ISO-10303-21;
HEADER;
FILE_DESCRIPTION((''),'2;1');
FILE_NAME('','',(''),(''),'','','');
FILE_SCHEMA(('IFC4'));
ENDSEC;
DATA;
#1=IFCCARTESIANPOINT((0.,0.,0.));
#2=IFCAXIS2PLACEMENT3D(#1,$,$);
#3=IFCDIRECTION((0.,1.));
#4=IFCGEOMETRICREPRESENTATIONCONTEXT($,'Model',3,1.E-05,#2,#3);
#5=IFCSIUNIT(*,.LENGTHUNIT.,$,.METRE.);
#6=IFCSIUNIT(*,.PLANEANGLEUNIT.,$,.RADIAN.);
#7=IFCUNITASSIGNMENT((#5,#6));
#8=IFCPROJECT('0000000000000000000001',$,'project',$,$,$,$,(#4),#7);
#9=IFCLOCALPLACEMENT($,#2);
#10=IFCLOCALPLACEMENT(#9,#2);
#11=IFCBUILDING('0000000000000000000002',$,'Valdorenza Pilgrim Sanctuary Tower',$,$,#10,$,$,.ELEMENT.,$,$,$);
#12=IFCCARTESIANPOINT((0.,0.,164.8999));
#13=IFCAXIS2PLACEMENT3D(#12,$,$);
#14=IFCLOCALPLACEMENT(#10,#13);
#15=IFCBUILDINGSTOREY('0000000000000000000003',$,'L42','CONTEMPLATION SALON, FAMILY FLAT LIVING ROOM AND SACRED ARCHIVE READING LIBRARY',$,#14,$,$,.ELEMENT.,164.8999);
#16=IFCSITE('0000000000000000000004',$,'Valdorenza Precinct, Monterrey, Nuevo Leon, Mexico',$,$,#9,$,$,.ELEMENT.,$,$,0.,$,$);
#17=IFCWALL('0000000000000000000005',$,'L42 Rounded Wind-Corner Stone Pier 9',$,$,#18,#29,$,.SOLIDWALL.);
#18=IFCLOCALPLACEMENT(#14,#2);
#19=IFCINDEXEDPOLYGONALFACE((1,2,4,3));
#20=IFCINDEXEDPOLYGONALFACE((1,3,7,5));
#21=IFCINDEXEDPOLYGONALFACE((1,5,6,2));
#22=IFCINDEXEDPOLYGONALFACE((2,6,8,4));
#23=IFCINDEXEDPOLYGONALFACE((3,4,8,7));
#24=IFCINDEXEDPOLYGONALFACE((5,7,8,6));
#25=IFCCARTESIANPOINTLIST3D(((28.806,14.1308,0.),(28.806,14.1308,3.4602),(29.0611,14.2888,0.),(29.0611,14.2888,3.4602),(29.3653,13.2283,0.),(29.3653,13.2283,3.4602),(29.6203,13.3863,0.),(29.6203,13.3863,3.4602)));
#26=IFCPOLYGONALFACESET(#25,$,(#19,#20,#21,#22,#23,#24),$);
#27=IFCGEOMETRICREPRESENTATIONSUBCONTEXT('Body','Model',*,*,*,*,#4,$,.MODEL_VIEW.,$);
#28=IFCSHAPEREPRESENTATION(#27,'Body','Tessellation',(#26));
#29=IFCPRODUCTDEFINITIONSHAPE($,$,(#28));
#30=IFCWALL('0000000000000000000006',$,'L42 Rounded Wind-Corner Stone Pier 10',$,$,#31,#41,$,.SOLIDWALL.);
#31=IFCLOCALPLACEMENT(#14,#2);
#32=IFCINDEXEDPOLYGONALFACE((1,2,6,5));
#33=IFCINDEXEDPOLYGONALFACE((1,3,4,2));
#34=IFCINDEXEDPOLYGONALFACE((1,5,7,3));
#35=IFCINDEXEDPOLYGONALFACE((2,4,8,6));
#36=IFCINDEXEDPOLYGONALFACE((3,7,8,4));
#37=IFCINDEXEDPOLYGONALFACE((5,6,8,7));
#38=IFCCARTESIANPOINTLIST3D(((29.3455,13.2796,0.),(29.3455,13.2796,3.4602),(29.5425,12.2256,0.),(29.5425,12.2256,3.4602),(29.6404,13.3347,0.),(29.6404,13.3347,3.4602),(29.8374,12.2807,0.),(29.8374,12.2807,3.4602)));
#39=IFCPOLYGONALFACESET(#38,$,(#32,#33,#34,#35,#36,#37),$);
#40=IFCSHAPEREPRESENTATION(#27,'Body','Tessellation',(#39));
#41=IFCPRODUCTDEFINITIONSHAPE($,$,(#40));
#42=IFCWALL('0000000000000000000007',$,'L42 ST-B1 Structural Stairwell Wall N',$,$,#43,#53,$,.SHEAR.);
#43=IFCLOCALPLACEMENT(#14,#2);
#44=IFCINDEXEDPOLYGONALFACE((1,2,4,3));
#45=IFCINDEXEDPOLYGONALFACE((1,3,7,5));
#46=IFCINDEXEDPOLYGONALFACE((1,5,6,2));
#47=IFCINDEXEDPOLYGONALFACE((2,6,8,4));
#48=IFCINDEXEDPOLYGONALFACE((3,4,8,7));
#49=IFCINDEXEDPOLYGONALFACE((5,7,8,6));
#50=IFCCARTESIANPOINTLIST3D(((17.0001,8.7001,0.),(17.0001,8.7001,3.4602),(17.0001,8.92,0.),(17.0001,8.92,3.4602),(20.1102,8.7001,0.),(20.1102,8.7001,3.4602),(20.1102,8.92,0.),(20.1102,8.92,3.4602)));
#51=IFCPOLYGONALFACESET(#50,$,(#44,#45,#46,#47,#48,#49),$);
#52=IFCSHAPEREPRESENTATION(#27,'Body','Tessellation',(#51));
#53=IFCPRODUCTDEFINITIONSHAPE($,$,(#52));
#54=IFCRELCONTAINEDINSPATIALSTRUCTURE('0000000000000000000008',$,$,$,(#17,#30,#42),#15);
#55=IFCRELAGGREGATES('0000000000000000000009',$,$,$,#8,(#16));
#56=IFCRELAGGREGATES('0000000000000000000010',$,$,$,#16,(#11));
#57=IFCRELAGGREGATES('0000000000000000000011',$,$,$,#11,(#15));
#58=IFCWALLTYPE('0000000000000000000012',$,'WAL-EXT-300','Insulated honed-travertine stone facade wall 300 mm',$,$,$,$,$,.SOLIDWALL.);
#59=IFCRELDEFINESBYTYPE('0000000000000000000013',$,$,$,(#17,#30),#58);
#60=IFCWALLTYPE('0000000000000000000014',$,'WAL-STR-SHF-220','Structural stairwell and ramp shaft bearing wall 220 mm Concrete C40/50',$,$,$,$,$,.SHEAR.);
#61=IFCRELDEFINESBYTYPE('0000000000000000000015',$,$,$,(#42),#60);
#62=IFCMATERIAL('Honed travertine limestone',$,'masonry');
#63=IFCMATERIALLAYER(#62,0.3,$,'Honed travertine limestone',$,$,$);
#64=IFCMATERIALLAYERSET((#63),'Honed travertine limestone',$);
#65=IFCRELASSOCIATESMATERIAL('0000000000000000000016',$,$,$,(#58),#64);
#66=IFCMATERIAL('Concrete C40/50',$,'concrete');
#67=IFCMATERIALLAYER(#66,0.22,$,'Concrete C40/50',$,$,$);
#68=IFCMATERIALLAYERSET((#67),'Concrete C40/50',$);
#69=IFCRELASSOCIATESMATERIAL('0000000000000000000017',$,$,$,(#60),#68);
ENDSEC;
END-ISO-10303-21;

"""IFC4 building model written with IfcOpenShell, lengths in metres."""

from ifc_helpers import new_model, si_unit, direction, frame, frame_2d, origin, place, context, subcontext, project, spatial, rectangle, extrude, material, layer, layer_set, type_object, element, save


model = new_model("IFC4")

# Units and contexts
model_context = context("Model", 3, precision=1e-05, world=origin(), true_north=direction((0.0, 1.0)))
body_context = subcontext(model_context, "Body", "Model", "MODEL_VIEW")
ifc_project = project(units=[si_unit("LENGTHUNIT", "METRE"), si_unit("PLANEANGLEUNIT", "RADIAN")], contexts=[model_context])

# Site, building, storey
site_placement = place(None, origin())
site = spatial("IfcSite", under=ifc_project, at=site_placement, Name="Valdorenza Precinct, Monterrey, Nuevo Leon, Mexico", CompositionType="ELEMENT", RefElevation=0.0)
building_placement = place(site_placement, origin())
building = spatial("IfcBuilding", under=site, at=building_placement, Name="Valdorenza Pilgrim Sanctuary Tower", CompositionType="ELEMENT")
storey_placement = place(building_placement, frame((0.0, 0.0, 164.8999)))
storey = spatial("IfcBuildingStorey", under=building, at=storey_placement, Name="L42", Description="CONTEMPLATION SALON, FAMILY FLAT LIVING ROOM AND SACRED ARCHIVE READING LIBRARY", CompositionType="ELEMENT", Elevation=164.8999)

# Shared definitions
ifc_material_1 = material(Name="Honed travertine limestone", Category="masonry")

# Walls
ifc_layer_1 = layer(ifc_material_1, 0.3, Name="Honed travertine limestone")
ifc_layer_set_1 = layer_set([ifc_layer_1], Name="Honed travertine limestone")
wall_type_1 = type_object("IfcWallType", Name="WAL-EXT-300", Description="Insulated honed-travertine stone facade wall 300 mm", PredefinedType="SOLIDWALL", material=ifc_layer_set_1)
for number, where, z_axis, x_axis, name in (
    (1, (28.9336, 14.2097, 0.0), (0.0, 0.0, 1.0), (0.52675, -0.85002, 0.0), "L42 Rounded Wind-Corner Stone Pier 9"),
):
    element("IfcWall", number, at=place(storey_placement, frame(where, z_axis=z_axis, x_axis=x_axis)), inside=storey, type_object=wall_type_1, Name=name, PredefinedType="SOLIDWALL", context=body_context, shape_type="SweptSolid", body=[
        extrude(rectangle(XDim=1.0618, YDim=0.3, at=frame_2d((0.5308, 0.0))), origin(), (0.0, 0.0, 1.0), 3.4602),
    ])
wall_1_placement = place(storey_placement, frame((29.4929, 13.3071, 0.0), z_axis=(0.0, 0.0, 1.0), x_axis=(0.183752, -0.982973, 0.0)))
element("IfcWall", 2, at=wall_1_placement, inside=storey, type_object=wall_type_1, Name="L42 Rounded Wind-Corner Stone Pier 10", PredefinedType="SOLIDWALL", context=body_context, shape_type="SweptSolid", body=[
    extrude(rectangle(XDim=1.0723, YDim=0.3, at=frame_2d((0.5361, 0.0))), origin(), (0.0, 0.0, 1.0), 3.4602),
])
ifc_material_2 = material(Name="Concrete C40/50", Category="concrete")
ifc_layer_2 = layer(ifc_material_2, 0.22, Name="Concrete C40/50")
ifc_layer_set_2 = layer_set([ifc_layer_2], Name="Concrete C40/50")
wall_type_2 = type_object("IfcWallType", Name="WAL-STR-SHF-220", Description="Structural stairwell and ramp shaft bearing wall 220 mm Concrete C40/50", PredefinedType="SHEAR", material=ifc_layer_set_2)
wall_2_placement = place(storey_placement, frame((17.0, 8.8101, 0.0), z_axis=(0.0, 0.0, 1.0), x_axis=(1.0, 0.0, 0.0)))
element("IfcWall", 3, at=wall_2_placement, inside=storey, type_object=wall_type_2, Name="L42 ST-B1 Structural Stairwell Wall N", PredefinedType="SHEAR", context=body_context, shape_type="SweptSolid", body=[
    extrude(rectangle(XDim=3.1101, YDim=0.22, at=frame_2d((1.5552, 0.0))), origin(), (0.0, 0.0, 1.0), 3.4602),
])

save(model, "model.ifc")
